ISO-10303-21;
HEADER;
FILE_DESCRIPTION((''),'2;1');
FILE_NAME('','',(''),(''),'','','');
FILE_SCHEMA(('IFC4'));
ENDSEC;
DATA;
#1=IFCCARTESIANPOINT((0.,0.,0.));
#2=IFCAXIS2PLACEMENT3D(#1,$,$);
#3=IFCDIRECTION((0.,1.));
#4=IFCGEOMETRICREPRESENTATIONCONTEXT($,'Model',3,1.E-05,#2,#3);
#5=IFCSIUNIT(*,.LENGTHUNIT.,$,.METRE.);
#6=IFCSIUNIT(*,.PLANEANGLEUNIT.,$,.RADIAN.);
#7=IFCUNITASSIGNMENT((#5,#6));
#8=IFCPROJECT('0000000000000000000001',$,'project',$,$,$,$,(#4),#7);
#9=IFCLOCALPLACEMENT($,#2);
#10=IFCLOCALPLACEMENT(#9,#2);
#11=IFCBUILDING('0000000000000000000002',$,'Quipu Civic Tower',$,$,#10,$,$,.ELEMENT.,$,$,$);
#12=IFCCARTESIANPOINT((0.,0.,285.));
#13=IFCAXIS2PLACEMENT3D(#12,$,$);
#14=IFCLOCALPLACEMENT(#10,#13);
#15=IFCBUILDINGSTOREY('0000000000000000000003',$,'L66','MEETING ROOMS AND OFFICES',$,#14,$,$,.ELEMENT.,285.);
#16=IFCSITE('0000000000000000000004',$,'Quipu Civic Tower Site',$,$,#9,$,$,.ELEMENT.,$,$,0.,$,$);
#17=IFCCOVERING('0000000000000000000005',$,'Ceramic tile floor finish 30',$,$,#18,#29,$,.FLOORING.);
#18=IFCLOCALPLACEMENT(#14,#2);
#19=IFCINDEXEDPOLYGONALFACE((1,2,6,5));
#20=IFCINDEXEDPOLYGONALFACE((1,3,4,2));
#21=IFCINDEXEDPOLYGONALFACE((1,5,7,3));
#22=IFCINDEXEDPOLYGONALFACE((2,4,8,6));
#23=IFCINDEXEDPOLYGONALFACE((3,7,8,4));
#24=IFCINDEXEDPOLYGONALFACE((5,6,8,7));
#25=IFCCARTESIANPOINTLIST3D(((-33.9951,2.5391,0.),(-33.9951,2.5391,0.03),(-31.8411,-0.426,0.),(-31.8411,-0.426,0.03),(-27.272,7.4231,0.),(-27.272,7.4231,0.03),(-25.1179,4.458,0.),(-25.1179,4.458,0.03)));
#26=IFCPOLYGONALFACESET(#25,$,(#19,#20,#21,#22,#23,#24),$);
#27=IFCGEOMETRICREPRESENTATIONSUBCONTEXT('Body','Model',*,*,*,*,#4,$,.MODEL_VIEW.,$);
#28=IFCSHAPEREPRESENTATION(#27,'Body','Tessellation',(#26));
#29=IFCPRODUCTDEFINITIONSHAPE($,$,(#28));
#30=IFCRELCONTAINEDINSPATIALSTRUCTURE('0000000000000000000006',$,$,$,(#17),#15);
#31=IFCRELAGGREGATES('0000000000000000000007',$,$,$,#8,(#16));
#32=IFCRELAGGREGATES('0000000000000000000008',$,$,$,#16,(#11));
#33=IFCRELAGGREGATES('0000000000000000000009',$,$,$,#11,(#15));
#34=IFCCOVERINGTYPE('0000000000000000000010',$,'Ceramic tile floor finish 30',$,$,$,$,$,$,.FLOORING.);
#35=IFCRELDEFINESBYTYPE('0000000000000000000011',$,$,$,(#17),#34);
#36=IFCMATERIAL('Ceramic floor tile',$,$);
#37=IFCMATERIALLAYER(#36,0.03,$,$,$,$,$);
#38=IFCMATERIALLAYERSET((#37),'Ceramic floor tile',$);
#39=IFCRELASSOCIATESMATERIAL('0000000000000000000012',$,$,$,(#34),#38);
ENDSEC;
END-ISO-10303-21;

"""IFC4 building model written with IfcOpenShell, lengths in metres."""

from ifc_helpers import new_model, si_unit, direction, frame, origin, place, context, subcontext, project, spatial, polyline, outline, extrude, material, layer, layer_set, type_object, element, save


model = new_model("IFC4")

# Units and contexts
model_context = context("Model", 3, precision=1e-05, world=origin(), true_north=direction((0.0, 1.0)))
body_context = subcontext(model_context, "Body", "Model", "MODEL_VIEW")
ifc_project = project(units=[si_unit("LENGTHUNIT", "METRE"), si_unit("PLANEANGLEUNIT", "RADIAN")], contexts=[model_context])

# Site, building, storey
site_placement = place(None, origin())
site = spatial("IfcSite", under=ifc_project, at=site_placement, Name="Quipu Civic Tower Site", CompositionType="ELEMENT", RefElevation=0.0)
building_placement = place(site_placement, origin())
building = spatial("IfcBuilding", under=site, at=building_placement, Name="Quipu Civic Tower", CompositionType="ELEMENT")
storey_placement = place(building_placement, frame((0.0, 0.0, 285.0)))
storey = spatial("IfcBuildingStorey", under=building, at=storey_placement, Name="L66", Description="MEETING ROOMS AND OFFICES", CompositionType="ELEMENT", Elevation=285.0)

# Covering
ifc_material_1 = material(Name="Ceramic floor tile")
ifc_layer_1 = layer(ifc_material_1, 0.03)
ifc_layer_set_1 = layer_set([ifc_layer_1], Name="Ceramic floor tile")
covering_type = type_object("IfcCoveringType", Name="Ceramic tile floor finish 30", PredefinedType="FLOORING", material=ifc_layer_set_1)
covering_placement = place(storey_placement, origin())
element("IfcCovering", 1, at=covering_placement, inside=storey, type_object=covering_type, Name="Ceramic tile floor finish 30", PredefinedType="FLOORING", context=body_context, shape_type="SweptSolid", body=[
    extrude(outline(polyline([(-33.9951, 2.5391), (-27.272, 7.4231), (-25.1179, 4.458), (-31.8411, -0.426), (-33.9951, 2.5391)])), origin(), (0.0, 0.0, 1.0), 0.03),
])

save(model, "model.ifc")
